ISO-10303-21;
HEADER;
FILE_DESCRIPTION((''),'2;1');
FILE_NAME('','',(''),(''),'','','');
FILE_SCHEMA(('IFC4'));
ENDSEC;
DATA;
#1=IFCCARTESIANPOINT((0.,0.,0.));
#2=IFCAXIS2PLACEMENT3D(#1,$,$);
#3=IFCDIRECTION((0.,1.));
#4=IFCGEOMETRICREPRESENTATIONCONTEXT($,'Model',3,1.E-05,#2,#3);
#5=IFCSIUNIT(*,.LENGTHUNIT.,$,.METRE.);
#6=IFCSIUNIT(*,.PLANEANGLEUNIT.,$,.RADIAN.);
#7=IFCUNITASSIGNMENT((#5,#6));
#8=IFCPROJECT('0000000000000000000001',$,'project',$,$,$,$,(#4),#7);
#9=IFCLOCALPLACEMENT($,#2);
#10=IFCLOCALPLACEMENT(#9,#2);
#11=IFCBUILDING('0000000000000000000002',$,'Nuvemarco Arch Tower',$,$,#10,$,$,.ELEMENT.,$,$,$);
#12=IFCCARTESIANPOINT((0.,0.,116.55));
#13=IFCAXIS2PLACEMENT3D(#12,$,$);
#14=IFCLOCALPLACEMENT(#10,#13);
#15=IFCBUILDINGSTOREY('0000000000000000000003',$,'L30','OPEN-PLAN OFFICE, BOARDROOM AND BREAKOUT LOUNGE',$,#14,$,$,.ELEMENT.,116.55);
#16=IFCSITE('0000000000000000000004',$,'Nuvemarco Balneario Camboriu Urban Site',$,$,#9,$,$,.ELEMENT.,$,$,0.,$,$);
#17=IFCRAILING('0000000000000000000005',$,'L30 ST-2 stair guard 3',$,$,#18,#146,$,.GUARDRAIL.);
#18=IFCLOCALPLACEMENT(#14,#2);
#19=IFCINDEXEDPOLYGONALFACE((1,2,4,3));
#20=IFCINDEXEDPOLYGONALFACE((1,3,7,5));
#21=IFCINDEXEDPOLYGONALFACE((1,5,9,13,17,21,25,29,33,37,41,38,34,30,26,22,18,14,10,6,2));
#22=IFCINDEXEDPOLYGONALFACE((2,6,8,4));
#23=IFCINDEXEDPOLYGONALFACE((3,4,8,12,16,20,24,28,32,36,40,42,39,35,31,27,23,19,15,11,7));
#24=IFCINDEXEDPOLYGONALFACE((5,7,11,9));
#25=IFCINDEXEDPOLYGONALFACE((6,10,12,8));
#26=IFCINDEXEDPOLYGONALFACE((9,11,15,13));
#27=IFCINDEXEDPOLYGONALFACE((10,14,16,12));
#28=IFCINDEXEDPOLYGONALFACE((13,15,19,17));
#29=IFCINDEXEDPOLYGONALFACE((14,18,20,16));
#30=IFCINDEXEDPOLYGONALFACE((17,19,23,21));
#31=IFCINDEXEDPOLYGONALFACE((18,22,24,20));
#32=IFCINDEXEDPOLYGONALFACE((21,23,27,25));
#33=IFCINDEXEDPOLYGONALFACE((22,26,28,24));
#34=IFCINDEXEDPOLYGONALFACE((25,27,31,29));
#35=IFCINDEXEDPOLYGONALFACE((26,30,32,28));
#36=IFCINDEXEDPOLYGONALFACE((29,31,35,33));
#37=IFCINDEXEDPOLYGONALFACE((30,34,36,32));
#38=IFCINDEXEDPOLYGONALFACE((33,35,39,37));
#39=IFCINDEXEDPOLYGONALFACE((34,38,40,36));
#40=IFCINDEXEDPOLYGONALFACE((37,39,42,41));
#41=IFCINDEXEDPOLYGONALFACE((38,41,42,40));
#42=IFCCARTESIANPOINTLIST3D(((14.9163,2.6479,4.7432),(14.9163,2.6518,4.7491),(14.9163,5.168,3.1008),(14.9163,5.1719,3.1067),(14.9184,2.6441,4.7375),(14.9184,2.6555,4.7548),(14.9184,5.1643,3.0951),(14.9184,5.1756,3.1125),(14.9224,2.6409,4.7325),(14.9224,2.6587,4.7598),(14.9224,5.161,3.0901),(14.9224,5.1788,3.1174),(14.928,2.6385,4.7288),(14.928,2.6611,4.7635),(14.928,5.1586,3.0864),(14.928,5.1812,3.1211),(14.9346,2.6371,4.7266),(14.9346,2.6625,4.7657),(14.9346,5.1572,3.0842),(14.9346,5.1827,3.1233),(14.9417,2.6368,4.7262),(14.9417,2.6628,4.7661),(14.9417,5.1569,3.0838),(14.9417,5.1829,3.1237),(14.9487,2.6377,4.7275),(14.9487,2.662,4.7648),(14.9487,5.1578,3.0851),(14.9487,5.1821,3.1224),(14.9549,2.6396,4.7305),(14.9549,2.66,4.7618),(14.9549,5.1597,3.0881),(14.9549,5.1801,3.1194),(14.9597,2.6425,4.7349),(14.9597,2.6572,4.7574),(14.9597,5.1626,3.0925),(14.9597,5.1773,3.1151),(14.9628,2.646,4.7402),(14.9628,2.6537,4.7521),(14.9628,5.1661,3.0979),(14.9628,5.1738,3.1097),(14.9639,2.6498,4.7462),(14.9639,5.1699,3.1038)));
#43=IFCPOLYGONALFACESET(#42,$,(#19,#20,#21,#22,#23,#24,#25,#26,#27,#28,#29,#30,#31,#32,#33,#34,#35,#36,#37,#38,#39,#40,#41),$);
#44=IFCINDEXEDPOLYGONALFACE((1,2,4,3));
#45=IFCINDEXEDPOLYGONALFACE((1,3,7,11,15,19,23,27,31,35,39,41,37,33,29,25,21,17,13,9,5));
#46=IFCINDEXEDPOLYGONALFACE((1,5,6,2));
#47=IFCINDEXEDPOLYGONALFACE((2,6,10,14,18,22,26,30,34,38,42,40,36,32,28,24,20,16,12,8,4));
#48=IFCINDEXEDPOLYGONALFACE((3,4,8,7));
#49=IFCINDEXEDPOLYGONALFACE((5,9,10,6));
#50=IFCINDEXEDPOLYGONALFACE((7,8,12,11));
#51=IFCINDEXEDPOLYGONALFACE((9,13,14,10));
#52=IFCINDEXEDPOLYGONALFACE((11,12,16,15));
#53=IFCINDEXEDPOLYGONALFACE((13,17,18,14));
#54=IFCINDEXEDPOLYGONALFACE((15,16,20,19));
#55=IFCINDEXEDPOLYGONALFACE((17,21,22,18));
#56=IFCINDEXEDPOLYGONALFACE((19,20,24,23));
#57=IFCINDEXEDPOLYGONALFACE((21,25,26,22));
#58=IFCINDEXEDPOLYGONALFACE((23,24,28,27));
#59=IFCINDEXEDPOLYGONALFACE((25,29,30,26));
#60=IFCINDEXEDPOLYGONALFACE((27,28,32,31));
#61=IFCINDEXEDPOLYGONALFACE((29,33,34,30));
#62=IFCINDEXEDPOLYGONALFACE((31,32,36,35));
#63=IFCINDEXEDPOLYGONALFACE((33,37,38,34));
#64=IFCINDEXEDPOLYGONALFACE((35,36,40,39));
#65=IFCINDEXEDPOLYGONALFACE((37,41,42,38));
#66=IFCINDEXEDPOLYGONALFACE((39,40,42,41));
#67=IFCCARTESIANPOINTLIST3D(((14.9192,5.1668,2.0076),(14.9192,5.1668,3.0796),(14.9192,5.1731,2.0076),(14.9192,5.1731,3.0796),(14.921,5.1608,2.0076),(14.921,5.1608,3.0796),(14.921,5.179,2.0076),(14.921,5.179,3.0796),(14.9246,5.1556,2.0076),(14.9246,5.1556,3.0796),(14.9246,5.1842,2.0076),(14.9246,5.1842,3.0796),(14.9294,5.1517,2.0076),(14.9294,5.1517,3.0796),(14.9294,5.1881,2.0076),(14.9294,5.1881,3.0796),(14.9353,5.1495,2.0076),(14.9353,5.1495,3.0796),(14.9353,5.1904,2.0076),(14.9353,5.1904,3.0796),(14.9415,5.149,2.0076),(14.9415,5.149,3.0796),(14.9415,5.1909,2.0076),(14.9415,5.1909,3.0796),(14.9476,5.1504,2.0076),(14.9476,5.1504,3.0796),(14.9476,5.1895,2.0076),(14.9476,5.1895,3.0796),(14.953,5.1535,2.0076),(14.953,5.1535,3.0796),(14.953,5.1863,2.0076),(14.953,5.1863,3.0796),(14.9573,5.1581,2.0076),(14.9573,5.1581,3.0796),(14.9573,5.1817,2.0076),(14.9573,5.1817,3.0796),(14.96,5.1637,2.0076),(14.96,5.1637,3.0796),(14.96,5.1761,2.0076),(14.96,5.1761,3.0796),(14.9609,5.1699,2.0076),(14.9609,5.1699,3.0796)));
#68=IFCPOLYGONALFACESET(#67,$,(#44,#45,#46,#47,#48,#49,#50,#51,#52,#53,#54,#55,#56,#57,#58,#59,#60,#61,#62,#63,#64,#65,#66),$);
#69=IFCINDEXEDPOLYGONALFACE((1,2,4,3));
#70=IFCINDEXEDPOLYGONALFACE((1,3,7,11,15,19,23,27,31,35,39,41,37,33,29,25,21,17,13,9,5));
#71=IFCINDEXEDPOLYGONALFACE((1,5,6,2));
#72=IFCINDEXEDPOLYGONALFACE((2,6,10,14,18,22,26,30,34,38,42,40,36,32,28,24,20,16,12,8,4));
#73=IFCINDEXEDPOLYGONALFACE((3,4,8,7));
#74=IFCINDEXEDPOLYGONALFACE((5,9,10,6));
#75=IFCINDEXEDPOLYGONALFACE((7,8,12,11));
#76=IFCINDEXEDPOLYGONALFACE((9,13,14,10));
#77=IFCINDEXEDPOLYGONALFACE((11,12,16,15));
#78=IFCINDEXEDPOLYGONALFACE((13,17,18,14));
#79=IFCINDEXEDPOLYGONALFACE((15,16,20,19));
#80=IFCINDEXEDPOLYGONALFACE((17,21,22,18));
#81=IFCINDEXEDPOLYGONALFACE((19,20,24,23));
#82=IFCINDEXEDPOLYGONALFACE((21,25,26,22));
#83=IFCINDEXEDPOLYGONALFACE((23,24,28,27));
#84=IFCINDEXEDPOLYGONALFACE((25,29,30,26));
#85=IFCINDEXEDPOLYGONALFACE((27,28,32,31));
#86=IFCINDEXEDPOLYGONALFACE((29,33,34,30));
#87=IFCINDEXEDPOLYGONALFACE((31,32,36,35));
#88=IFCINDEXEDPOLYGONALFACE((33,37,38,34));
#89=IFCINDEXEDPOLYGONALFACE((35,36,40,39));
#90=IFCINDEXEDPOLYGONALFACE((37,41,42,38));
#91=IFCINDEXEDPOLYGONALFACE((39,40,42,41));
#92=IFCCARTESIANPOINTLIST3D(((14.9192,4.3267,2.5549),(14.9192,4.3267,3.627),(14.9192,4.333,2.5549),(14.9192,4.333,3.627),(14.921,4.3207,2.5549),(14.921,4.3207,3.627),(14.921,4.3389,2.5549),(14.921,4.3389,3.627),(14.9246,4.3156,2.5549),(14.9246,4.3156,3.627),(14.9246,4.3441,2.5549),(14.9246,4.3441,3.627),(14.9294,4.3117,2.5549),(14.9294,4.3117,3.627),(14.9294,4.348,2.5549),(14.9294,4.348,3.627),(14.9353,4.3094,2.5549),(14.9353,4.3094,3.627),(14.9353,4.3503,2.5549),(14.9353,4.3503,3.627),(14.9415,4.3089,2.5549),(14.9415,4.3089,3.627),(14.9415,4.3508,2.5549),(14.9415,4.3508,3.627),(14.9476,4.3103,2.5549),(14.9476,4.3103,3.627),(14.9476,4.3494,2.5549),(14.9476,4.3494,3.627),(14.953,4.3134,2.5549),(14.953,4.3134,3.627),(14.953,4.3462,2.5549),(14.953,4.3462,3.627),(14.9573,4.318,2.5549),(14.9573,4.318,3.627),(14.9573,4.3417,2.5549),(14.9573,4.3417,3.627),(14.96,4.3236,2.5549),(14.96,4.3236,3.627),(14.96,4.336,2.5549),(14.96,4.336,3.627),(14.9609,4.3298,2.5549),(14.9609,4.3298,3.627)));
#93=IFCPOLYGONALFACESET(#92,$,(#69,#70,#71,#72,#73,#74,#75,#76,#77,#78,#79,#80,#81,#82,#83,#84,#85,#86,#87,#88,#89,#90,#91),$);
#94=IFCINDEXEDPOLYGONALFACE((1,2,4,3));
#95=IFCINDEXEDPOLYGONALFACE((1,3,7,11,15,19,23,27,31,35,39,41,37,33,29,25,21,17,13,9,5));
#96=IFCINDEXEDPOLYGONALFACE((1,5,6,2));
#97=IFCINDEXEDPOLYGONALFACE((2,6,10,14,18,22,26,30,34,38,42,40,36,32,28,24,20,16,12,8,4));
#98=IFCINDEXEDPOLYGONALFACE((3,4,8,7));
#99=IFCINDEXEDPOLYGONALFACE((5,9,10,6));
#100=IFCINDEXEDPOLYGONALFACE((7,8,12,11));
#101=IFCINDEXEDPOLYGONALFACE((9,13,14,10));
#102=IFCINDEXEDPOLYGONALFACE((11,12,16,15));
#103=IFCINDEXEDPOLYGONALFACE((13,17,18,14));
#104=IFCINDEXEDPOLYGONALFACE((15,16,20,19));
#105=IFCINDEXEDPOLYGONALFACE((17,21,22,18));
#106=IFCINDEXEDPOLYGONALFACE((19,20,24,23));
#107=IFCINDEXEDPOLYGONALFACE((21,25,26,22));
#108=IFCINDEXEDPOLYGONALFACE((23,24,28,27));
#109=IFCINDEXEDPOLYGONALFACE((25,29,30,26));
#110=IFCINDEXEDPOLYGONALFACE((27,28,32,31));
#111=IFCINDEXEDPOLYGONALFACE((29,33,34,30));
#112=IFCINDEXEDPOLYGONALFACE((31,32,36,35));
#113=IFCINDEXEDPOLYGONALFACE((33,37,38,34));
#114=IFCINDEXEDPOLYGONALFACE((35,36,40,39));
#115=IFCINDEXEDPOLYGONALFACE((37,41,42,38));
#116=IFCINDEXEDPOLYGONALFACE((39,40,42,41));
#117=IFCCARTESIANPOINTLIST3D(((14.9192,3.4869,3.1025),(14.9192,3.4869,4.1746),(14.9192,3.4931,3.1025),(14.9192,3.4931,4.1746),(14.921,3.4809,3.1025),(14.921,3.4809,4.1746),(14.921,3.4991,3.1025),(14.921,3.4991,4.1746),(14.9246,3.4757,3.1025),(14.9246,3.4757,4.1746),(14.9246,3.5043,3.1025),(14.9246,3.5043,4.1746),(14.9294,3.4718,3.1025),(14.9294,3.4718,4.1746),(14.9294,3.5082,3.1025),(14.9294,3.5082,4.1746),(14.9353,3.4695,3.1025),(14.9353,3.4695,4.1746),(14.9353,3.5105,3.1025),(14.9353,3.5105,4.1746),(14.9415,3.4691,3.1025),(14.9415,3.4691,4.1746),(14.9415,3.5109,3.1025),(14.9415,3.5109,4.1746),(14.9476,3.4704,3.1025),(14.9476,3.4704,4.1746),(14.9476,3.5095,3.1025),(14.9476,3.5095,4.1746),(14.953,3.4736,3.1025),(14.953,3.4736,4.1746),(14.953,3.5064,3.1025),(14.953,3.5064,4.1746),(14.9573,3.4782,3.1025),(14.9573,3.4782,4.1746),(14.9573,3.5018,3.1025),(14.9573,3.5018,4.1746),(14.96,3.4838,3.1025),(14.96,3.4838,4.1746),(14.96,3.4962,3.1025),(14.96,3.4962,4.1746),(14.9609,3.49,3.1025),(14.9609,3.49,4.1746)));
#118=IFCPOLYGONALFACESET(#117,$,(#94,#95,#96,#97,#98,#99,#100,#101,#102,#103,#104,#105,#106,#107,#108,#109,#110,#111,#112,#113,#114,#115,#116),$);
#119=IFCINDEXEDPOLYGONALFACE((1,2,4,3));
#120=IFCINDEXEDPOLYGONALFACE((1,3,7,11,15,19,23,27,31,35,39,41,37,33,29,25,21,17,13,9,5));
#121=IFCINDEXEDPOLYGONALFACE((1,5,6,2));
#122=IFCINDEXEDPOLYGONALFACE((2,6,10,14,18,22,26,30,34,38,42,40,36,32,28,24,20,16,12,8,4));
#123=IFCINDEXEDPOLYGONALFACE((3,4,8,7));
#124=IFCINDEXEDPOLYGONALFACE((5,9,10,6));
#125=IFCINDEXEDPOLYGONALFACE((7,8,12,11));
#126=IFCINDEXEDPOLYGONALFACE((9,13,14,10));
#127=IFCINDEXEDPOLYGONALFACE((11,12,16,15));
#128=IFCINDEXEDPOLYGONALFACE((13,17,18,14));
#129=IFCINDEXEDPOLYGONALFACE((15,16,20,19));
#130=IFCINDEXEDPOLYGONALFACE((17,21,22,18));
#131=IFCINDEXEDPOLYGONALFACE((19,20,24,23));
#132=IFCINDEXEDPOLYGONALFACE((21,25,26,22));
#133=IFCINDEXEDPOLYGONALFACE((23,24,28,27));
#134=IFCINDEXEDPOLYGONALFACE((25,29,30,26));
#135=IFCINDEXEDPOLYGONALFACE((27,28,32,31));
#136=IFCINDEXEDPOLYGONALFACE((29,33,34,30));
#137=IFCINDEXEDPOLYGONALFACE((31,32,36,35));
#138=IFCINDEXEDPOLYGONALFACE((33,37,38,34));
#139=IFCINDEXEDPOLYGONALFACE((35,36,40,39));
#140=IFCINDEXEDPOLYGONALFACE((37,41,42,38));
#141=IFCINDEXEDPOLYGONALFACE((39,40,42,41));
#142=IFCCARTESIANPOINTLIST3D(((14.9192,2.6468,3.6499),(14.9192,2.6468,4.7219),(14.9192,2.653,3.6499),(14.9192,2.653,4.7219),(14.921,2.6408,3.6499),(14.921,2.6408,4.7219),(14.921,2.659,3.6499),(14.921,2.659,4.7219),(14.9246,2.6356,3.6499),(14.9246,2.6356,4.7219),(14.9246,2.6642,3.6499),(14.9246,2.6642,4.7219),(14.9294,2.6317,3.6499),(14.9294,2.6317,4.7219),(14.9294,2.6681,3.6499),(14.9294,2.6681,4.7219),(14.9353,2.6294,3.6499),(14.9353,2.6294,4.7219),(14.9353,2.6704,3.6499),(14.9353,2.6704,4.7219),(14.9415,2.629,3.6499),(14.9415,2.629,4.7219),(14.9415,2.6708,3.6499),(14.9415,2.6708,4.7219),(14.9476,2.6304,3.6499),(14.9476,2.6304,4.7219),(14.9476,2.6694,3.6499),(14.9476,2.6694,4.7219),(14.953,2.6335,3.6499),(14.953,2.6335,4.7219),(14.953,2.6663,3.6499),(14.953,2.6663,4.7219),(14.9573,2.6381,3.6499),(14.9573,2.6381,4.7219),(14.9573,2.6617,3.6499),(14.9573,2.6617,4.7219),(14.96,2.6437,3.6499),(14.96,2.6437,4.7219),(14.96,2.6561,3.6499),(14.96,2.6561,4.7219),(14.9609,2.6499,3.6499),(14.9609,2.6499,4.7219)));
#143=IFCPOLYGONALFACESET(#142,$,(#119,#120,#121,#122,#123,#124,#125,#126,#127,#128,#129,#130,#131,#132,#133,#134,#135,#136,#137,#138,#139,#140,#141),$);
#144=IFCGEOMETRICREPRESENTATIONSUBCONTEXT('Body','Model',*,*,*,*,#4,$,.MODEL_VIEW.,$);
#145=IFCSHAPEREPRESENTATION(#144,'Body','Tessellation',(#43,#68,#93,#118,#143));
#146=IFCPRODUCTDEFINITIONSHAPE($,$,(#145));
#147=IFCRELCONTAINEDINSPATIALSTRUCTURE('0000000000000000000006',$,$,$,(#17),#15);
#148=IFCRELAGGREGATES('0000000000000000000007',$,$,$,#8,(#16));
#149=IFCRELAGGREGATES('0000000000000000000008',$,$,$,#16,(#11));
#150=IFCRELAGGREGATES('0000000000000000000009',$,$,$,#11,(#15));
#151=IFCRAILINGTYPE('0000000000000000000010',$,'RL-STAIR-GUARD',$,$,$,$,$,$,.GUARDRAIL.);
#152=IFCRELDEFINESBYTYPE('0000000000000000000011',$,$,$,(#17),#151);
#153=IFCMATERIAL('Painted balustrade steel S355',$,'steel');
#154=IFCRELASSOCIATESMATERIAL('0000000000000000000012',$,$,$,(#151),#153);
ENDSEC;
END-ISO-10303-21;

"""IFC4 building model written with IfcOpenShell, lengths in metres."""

from ifc_helpers import new_model, si_unit, direction, frame, origin, origin_2d, place, context, subcontext, project, spatial, circle, extrude, material, type_object, element, save


model = new_model("IFC4")

# Units and contexts
model_context = context("Model", 3, precision=1e-05, world=origin(), true_north=direction((0.0, 1.0)))
body_context = subcontext(model_context, "Body", "Model", "MODEL_VIEW")
ifc_project = project(units=[si_unit("LENGTHUNIT", "METRE"), si_unit("PLANEANGLEUNIT", "RADIAN")], contexts=[model_context])

# Site, building, storey
site_placement = place(None, origin())
site = spatial("IfcSite", under=ifc_project, at=site_placement, Name="Nuvemarco Balneario Camboriu Urban Site", CompositionType="ELEMENT", RefElevation=0.0)
building_placement = place(site_placement, origin())
building = spatial("IfcBuilding", under=site, at=building_placement, Name="Nuvemarco Arch Tower", CompositionType="ELEMENT")
storey_placement = place(building_placement, frame((0.0, 0.0, 116.55)))
storey = spatial("IfcBuildingStorey", under=building, at=storey_placement, Name="L30", Description="OPEN-PLAN OFFICE, BOARDROOM AND BREAKOUT LOUNGE", CompositionType="ELEMENT", Elevation=116.55)

# Railing
ifc_material_1 = material(Name="Painted balustrade steel S355", Category="steel")
railing_type_1 = type_object("IfcRailingType", Name="RL-STAIR-GUARD", PredefinedType="GUARDRAIL", material=ifc_material_1)
railing_1_placement = place(storey_placement, frame((14.9399, 5.1699, 2.0076)))
element("IfcRailing", 1, at=railing_1_placement, inside=storey, type_object=railing_type_1, Name="L30 ST-2 stair guard 3", PredefinedType="GUARDRAIL", context=body_context, shape_type="SweptSolid", body=[
    extrude(circle(Radius=0.0239, at=origin_2d()), frame((0.0, 0.0, 1.0962), z_axis=(0.0, -0.837787, 0.545998), x_axis=(1.0, 0.0, 0.0)), (0.0, 0.0, 1.0), 3.0081),
    extrude(circle(Radius=0.021, at=origin_2d()), origin(), (0.0, 0.0, 1.0), 1.072),
    extrude(circle(Radius=0.021, at=origin_2d()), frame((0.0, -0.8401, 0.5474)), (0.0, 0.0, 1.0), 1.072),
    extrude(circle(Radius=0.021, at=origin_2d()), frame((0.0, -1.6799, 1.095)), (0.0, 0.0, 1.0), 1.072),
    extrude(circle(Radius=0.021, at=origin_2d()), frame((0.0, -2.52, 1.6423)), (0.0, 0.0, 1.0), 1.072),
])

save(model, "model.ifc")
